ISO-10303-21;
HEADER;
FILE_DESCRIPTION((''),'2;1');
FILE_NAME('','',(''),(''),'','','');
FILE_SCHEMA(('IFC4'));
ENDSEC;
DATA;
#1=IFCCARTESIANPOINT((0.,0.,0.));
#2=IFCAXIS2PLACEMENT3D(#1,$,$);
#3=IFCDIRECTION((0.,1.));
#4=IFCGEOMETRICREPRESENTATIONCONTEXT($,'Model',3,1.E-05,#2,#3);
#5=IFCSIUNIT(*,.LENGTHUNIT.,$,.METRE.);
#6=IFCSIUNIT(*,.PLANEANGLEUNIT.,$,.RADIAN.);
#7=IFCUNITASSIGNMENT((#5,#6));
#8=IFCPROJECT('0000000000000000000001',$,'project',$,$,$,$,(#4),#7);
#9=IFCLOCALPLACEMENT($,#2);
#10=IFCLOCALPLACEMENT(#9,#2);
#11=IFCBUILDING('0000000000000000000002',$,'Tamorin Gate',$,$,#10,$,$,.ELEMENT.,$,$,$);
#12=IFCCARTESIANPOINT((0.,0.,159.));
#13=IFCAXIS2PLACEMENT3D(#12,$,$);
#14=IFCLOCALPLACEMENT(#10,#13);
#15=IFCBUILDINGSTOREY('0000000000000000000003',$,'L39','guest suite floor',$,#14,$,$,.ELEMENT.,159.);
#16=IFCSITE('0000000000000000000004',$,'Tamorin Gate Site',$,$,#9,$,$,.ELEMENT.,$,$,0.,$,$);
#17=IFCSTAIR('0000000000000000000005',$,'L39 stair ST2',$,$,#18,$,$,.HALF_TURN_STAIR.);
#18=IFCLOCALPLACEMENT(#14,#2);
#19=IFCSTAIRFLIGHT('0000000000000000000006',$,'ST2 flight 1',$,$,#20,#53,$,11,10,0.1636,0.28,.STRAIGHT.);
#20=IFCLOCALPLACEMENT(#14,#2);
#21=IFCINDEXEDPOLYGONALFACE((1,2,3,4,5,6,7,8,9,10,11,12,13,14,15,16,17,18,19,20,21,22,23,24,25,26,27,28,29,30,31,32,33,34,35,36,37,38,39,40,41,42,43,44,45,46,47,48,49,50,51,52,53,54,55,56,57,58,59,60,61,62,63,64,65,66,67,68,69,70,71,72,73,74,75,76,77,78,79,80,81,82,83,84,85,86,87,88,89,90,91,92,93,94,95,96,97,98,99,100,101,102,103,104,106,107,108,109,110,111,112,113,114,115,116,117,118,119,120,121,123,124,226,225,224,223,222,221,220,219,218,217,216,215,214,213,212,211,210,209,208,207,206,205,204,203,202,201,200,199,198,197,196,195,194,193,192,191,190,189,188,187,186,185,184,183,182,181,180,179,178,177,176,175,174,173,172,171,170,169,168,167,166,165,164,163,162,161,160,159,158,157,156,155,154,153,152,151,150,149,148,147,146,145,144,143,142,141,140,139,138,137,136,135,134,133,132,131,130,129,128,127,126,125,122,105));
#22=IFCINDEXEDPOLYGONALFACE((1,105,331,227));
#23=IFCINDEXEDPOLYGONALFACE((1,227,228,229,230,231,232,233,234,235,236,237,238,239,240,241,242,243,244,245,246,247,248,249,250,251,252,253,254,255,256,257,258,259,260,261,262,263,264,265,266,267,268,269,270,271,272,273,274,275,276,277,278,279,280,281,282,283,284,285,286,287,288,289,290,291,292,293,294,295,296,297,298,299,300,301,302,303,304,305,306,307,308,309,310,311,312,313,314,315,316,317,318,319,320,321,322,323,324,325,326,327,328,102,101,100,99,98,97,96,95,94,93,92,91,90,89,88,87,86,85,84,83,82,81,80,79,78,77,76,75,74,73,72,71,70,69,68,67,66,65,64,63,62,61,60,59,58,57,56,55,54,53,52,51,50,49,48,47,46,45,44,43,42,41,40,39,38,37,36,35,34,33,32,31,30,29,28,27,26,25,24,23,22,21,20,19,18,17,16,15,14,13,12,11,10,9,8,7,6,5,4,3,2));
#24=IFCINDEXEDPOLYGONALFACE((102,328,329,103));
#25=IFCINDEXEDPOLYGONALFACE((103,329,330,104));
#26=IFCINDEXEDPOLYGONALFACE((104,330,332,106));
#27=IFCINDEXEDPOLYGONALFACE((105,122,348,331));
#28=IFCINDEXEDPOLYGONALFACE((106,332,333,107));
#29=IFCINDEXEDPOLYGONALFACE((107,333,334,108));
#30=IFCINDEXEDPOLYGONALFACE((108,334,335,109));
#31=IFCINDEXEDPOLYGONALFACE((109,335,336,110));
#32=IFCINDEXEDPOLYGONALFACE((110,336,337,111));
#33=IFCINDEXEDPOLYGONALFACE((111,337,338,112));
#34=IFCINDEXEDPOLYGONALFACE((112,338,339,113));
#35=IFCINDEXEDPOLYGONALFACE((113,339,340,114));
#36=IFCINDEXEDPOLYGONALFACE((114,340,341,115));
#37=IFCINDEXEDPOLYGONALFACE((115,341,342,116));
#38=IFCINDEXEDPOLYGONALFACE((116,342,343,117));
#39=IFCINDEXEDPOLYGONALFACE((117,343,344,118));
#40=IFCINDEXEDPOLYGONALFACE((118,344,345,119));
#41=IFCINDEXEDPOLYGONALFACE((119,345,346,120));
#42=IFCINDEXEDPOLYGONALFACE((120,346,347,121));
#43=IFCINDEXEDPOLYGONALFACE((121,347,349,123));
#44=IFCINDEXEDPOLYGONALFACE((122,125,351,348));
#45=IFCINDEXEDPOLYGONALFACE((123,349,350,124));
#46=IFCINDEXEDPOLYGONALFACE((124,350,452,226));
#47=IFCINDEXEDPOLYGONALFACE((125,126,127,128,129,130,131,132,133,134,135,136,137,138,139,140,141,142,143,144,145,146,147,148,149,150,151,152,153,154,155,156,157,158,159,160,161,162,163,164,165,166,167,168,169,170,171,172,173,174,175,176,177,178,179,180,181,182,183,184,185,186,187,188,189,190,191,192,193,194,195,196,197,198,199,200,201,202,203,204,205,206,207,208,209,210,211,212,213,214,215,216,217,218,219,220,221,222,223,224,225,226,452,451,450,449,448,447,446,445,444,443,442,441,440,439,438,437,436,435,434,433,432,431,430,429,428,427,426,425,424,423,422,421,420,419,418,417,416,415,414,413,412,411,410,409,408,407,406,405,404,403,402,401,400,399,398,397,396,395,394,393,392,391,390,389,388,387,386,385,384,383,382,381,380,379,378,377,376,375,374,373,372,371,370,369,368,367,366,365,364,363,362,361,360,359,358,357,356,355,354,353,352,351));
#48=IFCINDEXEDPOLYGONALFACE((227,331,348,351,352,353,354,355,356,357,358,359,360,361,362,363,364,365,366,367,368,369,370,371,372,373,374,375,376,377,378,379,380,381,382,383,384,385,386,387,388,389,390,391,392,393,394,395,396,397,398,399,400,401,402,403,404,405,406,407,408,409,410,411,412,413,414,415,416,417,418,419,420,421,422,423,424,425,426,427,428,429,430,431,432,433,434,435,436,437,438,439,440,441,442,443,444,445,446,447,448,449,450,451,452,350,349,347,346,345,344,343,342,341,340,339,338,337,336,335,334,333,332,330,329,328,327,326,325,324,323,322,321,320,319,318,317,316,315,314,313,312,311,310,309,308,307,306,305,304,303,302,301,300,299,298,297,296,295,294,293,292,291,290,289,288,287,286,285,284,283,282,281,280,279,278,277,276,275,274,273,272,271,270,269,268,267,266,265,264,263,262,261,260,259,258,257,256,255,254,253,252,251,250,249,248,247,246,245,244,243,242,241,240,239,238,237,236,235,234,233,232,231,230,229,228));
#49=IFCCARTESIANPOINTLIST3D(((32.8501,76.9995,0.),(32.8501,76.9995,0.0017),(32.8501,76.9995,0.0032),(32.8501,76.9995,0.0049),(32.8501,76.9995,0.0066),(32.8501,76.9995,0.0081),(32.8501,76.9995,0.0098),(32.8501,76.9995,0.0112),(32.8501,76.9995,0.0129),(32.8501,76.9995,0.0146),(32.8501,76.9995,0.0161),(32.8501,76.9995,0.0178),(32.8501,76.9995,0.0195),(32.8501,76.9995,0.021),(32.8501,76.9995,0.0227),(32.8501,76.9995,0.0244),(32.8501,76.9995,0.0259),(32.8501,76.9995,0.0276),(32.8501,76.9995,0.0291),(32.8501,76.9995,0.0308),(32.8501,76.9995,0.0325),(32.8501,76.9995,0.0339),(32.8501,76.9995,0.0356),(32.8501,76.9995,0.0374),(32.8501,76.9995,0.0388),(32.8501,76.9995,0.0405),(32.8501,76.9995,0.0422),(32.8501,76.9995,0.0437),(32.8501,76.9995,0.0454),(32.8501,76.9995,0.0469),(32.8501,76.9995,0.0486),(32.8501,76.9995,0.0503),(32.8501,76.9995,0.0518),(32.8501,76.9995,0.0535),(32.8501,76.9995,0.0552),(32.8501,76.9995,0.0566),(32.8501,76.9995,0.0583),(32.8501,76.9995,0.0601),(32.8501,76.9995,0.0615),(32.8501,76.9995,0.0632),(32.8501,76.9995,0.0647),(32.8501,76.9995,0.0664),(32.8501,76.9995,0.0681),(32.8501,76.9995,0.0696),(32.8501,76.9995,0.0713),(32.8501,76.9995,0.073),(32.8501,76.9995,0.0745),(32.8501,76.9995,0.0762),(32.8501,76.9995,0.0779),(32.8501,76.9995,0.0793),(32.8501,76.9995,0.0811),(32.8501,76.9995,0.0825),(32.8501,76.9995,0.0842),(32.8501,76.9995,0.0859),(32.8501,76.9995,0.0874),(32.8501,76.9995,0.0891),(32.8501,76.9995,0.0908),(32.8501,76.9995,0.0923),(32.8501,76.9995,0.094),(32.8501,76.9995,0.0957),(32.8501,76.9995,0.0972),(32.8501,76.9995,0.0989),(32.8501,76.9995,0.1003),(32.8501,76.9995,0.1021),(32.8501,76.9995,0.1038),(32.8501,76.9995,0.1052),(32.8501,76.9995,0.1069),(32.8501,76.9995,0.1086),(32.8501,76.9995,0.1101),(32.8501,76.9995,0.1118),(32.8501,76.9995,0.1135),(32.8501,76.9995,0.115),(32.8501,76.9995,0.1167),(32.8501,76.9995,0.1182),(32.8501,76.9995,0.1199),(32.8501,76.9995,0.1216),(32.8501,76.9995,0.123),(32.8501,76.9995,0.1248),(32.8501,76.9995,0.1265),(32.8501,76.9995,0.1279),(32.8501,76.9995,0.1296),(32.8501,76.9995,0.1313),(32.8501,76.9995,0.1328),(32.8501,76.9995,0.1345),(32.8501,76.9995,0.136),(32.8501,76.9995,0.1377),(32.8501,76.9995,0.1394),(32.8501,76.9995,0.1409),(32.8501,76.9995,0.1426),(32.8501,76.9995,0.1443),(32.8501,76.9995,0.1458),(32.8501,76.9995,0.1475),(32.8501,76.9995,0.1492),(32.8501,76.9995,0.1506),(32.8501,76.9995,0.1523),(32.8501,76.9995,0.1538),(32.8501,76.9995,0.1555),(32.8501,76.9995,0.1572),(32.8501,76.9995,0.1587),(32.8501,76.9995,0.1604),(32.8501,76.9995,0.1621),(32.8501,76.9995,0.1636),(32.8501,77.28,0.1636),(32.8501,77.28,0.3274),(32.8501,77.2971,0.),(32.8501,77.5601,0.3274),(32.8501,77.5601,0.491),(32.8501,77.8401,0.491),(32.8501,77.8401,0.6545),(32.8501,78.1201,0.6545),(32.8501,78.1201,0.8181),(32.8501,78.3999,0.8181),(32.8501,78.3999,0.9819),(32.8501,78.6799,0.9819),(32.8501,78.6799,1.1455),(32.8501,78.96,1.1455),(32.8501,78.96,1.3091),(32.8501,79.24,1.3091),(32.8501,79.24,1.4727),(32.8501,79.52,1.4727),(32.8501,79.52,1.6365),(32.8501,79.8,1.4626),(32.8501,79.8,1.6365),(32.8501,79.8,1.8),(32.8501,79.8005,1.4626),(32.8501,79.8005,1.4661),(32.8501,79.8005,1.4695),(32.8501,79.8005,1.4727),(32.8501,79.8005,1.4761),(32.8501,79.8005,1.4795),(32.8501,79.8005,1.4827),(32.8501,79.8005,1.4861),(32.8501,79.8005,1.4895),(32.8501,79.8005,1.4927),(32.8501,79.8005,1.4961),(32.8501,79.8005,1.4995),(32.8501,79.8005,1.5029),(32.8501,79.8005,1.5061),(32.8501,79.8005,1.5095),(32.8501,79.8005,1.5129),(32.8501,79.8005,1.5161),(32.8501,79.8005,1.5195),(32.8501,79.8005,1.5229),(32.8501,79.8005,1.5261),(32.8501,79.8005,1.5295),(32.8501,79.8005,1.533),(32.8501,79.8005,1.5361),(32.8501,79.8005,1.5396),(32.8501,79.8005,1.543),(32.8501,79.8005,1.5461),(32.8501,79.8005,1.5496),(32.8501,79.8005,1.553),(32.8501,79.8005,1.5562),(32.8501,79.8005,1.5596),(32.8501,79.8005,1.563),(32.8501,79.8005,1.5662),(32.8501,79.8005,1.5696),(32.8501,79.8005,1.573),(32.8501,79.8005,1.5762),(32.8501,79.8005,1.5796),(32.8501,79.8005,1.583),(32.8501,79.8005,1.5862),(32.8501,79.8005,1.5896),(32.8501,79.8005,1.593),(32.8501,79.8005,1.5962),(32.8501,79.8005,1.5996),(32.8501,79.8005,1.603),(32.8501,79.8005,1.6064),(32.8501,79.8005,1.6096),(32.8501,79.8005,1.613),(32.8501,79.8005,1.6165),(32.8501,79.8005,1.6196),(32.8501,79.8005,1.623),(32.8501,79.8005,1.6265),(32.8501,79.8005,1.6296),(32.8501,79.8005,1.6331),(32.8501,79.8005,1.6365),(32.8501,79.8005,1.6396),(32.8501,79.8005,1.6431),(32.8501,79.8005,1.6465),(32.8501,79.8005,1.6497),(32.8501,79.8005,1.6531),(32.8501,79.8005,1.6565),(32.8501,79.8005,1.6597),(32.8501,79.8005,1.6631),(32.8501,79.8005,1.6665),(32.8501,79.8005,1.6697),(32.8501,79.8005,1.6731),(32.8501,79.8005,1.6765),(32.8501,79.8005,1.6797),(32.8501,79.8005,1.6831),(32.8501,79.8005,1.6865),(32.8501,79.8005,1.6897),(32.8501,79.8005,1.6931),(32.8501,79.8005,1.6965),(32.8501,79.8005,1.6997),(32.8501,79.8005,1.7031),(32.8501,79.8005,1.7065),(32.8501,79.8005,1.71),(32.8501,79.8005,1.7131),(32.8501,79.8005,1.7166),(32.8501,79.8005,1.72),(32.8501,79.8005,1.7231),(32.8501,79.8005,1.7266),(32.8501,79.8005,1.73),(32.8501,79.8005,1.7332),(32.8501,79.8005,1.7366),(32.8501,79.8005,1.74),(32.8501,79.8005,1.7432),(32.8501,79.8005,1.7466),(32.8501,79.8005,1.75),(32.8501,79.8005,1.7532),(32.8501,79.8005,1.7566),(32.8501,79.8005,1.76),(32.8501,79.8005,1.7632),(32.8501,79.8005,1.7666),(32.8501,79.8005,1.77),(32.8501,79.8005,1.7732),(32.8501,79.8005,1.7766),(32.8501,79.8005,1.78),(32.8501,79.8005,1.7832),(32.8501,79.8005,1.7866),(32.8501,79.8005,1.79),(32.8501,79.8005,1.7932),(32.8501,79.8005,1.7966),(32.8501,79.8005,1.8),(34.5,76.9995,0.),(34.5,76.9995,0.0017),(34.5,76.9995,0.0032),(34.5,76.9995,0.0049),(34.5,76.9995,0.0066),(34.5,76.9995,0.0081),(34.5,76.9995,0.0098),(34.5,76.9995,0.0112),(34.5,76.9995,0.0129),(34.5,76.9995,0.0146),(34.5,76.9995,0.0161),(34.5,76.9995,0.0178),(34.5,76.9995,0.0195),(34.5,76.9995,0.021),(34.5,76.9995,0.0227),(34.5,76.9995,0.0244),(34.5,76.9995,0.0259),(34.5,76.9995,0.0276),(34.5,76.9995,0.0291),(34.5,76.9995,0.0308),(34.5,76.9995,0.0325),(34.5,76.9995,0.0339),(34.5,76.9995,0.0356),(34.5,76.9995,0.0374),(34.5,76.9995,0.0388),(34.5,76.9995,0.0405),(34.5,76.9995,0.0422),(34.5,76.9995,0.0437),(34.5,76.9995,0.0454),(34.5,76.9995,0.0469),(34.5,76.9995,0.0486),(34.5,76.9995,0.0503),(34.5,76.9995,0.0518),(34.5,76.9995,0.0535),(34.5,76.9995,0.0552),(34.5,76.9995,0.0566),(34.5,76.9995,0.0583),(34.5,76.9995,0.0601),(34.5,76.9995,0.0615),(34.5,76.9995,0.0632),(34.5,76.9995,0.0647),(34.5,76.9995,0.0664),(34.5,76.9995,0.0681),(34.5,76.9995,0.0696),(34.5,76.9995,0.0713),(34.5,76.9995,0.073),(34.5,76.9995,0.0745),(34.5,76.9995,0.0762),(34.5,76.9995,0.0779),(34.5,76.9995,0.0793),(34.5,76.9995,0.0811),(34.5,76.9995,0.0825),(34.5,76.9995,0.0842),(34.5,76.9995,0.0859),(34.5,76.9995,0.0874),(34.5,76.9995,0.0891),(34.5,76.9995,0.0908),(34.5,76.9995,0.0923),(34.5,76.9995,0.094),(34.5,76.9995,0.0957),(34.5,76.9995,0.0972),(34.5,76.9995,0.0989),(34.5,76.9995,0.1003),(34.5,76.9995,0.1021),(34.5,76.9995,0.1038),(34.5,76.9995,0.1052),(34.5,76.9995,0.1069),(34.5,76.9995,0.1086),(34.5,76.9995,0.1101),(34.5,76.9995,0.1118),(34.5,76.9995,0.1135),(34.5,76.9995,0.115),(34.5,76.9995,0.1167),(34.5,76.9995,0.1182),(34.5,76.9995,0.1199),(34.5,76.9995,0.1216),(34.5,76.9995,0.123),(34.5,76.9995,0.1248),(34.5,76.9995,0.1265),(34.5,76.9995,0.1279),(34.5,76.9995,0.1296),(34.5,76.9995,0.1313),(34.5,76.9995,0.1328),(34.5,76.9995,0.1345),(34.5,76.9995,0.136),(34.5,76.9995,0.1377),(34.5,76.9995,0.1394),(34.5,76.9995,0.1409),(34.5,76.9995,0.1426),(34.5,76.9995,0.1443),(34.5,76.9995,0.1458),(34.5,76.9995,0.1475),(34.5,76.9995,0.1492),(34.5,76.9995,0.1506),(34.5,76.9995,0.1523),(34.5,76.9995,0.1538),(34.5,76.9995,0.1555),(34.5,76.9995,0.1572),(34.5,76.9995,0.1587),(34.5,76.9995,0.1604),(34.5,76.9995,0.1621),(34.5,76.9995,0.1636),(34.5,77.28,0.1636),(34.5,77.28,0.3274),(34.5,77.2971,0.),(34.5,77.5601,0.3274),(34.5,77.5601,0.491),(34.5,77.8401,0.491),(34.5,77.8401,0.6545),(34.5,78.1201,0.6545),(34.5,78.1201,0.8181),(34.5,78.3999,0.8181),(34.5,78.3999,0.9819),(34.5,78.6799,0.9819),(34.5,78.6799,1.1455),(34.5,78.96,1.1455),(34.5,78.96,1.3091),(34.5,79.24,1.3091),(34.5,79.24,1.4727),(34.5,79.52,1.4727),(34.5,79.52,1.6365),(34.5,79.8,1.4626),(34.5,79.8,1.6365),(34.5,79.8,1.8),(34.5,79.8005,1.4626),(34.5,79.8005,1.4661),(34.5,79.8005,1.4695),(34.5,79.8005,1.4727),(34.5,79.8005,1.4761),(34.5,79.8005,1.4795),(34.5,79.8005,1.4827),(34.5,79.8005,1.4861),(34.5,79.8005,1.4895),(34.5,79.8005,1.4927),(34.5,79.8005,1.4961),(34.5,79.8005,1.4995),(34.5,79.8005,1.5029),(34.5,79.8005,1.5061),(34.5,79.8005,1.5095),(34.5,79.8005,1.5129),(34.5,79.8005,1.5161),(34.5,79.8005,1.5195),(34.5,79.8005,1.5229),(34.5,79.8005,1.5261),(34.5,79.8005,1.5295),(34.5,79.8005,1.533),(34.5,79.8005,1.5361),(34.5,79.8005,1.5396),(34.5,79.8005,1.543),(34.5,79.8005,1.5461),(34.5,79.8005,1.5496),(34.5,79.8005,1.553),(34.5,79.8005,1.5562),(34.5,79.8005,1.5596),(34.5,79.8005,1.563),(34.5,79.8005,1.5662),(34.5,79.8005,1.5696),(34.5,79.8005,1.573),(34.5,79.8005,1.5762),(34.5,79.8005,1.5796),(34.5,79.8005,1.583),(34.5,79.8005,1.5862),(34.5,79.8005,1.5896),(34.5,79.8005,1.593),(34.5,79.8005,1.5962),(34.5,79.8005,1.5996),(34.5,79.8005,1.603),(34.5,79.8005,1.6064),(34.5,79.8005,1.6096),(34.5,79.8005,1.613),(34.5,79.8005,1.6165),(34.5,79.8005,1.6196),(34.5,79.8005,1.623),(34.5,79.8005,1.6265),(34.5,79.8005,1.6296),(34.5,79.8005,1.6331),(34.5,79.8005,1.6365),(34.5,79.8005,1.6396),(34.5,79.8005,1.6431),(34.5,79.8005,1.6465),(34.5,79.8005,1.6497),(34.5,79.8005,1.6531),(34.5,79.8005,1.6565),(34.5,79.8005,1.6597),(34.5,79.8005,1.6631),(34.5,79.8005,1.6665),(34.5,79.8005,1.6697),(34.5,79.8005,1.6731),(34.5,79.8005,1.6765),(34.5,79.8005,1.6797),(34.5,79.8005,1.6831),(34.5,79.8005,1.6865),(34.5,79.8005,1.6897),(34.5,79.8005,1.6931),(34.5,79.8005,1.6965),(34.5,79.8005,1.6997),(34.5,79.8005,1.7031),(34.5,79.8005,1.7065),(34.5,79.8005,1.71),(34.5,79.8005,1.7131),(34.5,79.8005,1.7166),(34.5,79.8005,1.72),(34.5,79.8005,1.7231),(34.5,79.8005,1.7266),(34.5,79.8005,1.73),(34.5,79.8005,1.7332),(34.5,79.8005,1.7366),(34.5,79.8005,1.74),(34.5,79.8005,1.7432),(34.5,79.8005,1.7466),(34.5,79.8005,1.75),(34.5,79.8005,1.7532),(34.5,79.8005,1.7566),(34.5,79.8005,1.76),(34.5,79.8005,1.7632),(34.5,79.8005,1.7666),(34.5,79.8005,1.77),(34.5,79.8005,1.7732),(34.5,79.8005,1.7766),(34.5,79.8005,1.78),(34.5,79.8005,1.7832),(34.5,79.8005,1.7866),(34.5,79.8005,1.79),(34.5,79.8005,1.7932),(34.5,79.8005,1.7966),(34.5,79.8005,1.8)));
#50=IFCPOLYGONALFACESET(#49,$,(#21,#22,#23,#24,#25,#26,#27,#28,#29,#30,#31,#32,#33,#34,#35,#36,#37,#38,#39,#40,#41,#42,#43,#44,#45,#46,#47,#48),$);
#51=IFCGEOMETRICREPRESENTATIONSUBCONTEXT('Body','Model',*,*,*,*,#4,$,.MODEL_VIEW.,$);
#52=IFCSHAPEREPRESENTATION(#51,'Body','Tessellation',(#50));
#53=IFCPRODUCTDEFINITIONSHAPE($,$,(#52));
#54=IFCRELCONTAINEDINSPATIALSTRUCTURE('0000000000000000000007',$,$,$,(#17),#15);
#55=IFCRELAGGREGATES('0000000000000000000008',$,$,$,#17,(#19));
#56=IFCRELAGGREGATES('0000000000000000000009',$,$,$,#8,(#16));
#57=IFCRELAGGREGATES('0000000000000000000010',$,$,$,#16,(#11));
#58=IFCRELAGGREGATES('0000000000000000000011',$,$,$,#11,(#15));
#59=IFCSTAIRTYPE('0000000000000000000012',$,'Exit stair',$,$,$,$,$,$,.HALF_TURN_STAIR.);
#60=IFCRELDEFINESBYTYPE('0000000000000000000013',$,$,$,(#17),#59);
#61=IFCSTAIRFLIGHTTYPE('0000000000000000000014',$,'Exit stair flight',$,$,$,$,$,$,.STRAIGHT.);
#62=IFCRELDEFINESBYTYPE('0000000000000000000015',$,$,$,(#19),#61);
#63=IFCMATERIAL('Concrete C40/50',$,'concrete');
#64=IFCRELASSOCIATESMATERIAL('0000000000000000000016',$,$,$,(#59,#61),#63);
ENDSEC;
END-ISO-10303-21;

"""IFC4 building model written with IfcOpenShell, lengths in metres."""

from ifc_helpers import new_model, si_unit, direction, frame, origin, place, context, subcontext, project, spatial, polyline, outline, extrude, material, type_object, element, aggregate, save


model = new_model("IFC4")

# Units and contexts
model_context = context("Model", 3, precision=1e-05, world=origin(), true_north=direction((0.0, 1.0)))
body_context = subcontext(model_context, "Body", "Model", "MODEL_VIEW")
ifc_project = project(units=[si_unit("LENGTHUNIT", "METRE"), si_unit("PLANEANGLEUNIT", "RADIAN")], contexts=[model_context])

# Site, building, storey
site_placement = place(None, origin())
site = spatial("IfcSite", under=ifc_project, at=site_placement, Name="Tamorin Gate Site", CompositionType="ELEMENT", RefElevation=0.0)
building_placement = place(site_placement, origin())
building = spatial("IfcBuilding", under=site, at=building_placement, Name="Tamorin Gate", CompositionType="ELEMENT")
storey_placement = place(building_placement, frame((0.0, 0.0, 159.0)))
storey = spatial("IfcBuildingStorey", under=building, at=storey_placement, Name="L39", Description="guest suite floor", CompositionType="ELEMENT", Elevation=159.0)

# Shared definitions
ifc_material_1 = material(Name="Concrete C40/50", Category="concrete")

# Shared definitions
stair_type = type_object("IfcStairType", Name="Exit stair", PredefinedType="HALF_TURN_STAIR", material=ifc_material_1)
stair_flight_type = type_object("IfcStairFlightType", Name="Exit stair flight", PredefinedType="STRAIGHT", material=ifc_material_1)

# Stair, stair flight
stair_1_placement = place(storey_placement, origin())
stair_1 = element("IfcStair", 1, at=stair_1_placement, inside=storey, type_object=stair_type, Name="L39 stair ST2", PredefinedType="HALF_TURN_STAIR")
stair_flight_1_placement = place(storey_placement, frame((33.675, 77.0, 0.0), z_axis=(0.0, 0.0, 1.0), x_axis=(0.0, 1.0, 0.0)))
stair_flight_1 = element("IfcStairFlight", 2, at=stair_flight_1_placement, type_object=stair_flight_type, Name="ST2 flight 1", NumberOfRisers=11, NumberOfTreads=10, PredefinedType="STRAIGHT", RiserHeight=0.1636, TreadLength=0.28, context=body_context, shape_type="SweptSolid", body=[
    extrude(outline(polyline([(-0.0005, 0.0), (-0.0005, 0.0017), (-0.0005, 0.0032), (-0.0005, 0.0049), (-0.0005, 0.0066), (-0.0005, 0.0081), (-0.0005, 0.0098), (-0.0005, 0.0112), (-0.0005, 0.0129), (-0.0005, 0.0146), (-0.0005, 0.0161), (-0.0005, 0.0178), (-0.0005, 0.0195), (-0.0005, 0.021), (-0.0005, 0.0227), (-0.0005, 0.0244), (-0.0005, 0.0259), (-0.0005, 0.0276), (-0.0005, 0.0291), (-0.0005, 0.0308), (-0.0005, 0.0325), (-0.0005, 0.0339), (-0.0005, 0.0356), (-0.0005, 0.0374), (-0.0005, 0.0388), (-0.0005, 0.0405), (-0.0005, 0.0422), (-0.0005, 0.0437), (-0.0005, 0.0454), (-0.0005, 0.0469), (-0.0005, 0.0486), (-0.0005, 0.0503), (-0.0005, 0.0518), (-0.0005, 0.0535), (-0.0005, 0.0552), (-0.0005, 0.0566), (-0.0005, 0.0583), (-0.0005, 0.0601), (-0.0005, 0.0615), (-0.0005, 0.0632), (-0.0005, 0.0647), (-0.0005, 0.0664), (-0.0005, 0.0681), (-0.0005, 0.0696), (-0.0005, 0.0713), (-0.0005, 0.073), (-0.0005, 0.0745), (-0.0005, 0.0762), (-0.0005, 0.0779), (-0.0005, 0.0793), (-0.0005, 0.0811), (-0.0005, 0.0825), (-0.0005, 0.0842), (-0.0005, 0.0859), (-0.0005, 0.0874), (-0.0005, 0.0891), (-0.0005, 0.0908), (-0.0005, 0.0923), (-0.0005, 0.094), (-0.0005, 0.0957), (-0.0005, 0.0972), (-0.0005, 0.0989), (-0.0005, 0.1003), (-0.0005, 0.1021), (-0.0005, 0.1038), (-0.0005, 0.1052), (-0.0005, 0.1069), (-0.0005, 0.1086), (-0.0005, 0.1101), (-0.0005, 0.1118), (-0.0005, 0.1135), (-0.0005, 0.115), (-0.0005, 0.1167), (-0.0005, 0.1182), (-0.0005, 0.1199), (-0.0005, 0.1216), (-0.0005, 0.123), (-0.0005, 0.1248), (-0.0005, 0.1265), (-0.0005, 0.1279), (-0.0005, 0.1296), (-0.0005, 0.1313), (-0.0005, 0.1328), (-0.0005, 0.1345), (-0.0005, 0.136), (-0.0005, 0.1377), (-0.0005, 0.1394), (-0.0005, 0.1409), (-0.0005, 0.1426), (-0.0005, 0.1443), (-0.0005, 0.1458), (-0.0005, 0.1475), (-0.0005, 0.1492), (-0.0005, 0.1506), (-0.0005, 0.1523), (-0.0005, 0.1538), (-0.0005, 0.1555), (-0.0005, 0.1572), (-0.0005, 0.1587), (-0.0005, 0.1604), (-0.0005, 0.1621), (-0.0005, 0.1636), (0.28, 0.1636), (0.28, 0.3274), (0.5601, 0.3274), (0.5601, 0.491), (0.8401, 0.491), (0.8401, 0.6545), (1.1201, 0.6545), (1.1201, 0.8181), (1.3999, 0.8181), (1.3999, 0.9819), (1.6799, 0.9819), (1.6799, 1.1455), (1.96, 1.1455), (1.96, 1.3091), (2.24, 1.3091), (2.24, 1.4727), (2.52, 1.4727), (2.52, 1.6365), (2.8, 1.6365), (2.8, 1.8), (2.8005, 1.8), (2.8005, 1.7966), (2.8005, 1.7932), (2.8005, 1.79), (2.8005, 1.7866), (2.8005, 1.7832), (2.8005, 1.78), (2.8005, 1.7766), (2.8005, 1.7732), (2.8005, 1.77), (2.8005, 1.7666), (2.8005, 1.7632), (2.8005, 1.76), (2.8005, 1.7566), (2.8005, 1.7532), (2.8005, 1.75), (2.8005, 1.7466), (2.8005, 1.7432), (2.8005, 1.74), (2.8005, 1.7366), (2.8005, 1.7332), (2.8005, 1.73), (2.8005, 1.7266), (2.8005, 1.7231), (2.8005, 1.72), (2.8005, 1.7166), (2.8005, 1.7131), (2.8005, 1.71), (2.8005, 1.7065), (2.8005, 1.7031), (2.8005, 1.6997), (2.8005, 1.6965), (2.8005, 1.6931), (2.8005, 1.6897), (2.8005, 1.6865), (2.8005, 1.6831), (2.8005, 1.6797), (2.8005, 1.6765), (2.8005, 1.6731), (2.8005, 1.6697), (2.8005, 1.6665), (2.8005, 1.6631), (2.8005, 1.6597), (2.8005, 1.6565), (2.8005, 1.6531), (2.8005, 1.6497), (2.8005, 1.6465), (2.8005, 1.6431), (2.8005, 1.6396), (2.8005, 1.6365), (2.8005, 1.6331), (2.8005, 1.6296), (2.8005, 1.6265), (2.8005, 1.623), (2.8005, 1.6196), (2.8005, 1.6165), (2.8005, 1.613), (2.8005, 1.6096), (2.8005, 1.6064), (2.8005, 1.603), (2.8005, 1.5996), (2.8005, 1.5962), (2.8005, 1.593), (2.8005, 1.5896), (2.8005, 1.5862), (2.8005, 1.583), (2.8005, 1.5796), (2.8005, 1.5762), (2.8005, 1.573), (2.8005, 1.5696), (2.8005, 1.5662), (2.8005, 1.563), (2.8005, 1.5596), (2.8005, 1.5562), (2.8005, 1.553), (2.8005, 1.5496), (2.8005, 1.5461), (2.8005, 1.543), (2.8005, 1.5396), (2.8005, 1.5361), (2.8005, 1.533), (2.8005, 1.5295), (2.8005, 1.5261), (2.8005, 1.5229), (2.8005, 1.5195), (2.8005, 1.5161), (2.8005, 1.5129), (2.8005, 1.5095), (2.8005, 1.5061), (2.8005, 1.5029), (2.8005, 1.4995), (2.8005, 1.4961), (2.8005, 1.4927), (2.8005, 1.4895), (2.8005, 1.4861), (2.8005, 1.4827), (2.8005, 1.4795), (2.8005, 1.4761), (2.8005, 1.4727), (2.8005, 1.4695), (2.8005, 1.4661), (2.8005, 1.4626), (2.8, 1.4626), (0.2971, 0.0), (-0.0005, 0.0)])), frame((0.0, 0.825, 0.0), z_axis=(0.0, -1.0, 0.0), x_axis=(1.0, 0.0, 0.0)), (0.0, 0.0, 1.0), 1.6499),
])
aggregate(stair_1, [stair_flight_1])

save(model, "model.ifc")
